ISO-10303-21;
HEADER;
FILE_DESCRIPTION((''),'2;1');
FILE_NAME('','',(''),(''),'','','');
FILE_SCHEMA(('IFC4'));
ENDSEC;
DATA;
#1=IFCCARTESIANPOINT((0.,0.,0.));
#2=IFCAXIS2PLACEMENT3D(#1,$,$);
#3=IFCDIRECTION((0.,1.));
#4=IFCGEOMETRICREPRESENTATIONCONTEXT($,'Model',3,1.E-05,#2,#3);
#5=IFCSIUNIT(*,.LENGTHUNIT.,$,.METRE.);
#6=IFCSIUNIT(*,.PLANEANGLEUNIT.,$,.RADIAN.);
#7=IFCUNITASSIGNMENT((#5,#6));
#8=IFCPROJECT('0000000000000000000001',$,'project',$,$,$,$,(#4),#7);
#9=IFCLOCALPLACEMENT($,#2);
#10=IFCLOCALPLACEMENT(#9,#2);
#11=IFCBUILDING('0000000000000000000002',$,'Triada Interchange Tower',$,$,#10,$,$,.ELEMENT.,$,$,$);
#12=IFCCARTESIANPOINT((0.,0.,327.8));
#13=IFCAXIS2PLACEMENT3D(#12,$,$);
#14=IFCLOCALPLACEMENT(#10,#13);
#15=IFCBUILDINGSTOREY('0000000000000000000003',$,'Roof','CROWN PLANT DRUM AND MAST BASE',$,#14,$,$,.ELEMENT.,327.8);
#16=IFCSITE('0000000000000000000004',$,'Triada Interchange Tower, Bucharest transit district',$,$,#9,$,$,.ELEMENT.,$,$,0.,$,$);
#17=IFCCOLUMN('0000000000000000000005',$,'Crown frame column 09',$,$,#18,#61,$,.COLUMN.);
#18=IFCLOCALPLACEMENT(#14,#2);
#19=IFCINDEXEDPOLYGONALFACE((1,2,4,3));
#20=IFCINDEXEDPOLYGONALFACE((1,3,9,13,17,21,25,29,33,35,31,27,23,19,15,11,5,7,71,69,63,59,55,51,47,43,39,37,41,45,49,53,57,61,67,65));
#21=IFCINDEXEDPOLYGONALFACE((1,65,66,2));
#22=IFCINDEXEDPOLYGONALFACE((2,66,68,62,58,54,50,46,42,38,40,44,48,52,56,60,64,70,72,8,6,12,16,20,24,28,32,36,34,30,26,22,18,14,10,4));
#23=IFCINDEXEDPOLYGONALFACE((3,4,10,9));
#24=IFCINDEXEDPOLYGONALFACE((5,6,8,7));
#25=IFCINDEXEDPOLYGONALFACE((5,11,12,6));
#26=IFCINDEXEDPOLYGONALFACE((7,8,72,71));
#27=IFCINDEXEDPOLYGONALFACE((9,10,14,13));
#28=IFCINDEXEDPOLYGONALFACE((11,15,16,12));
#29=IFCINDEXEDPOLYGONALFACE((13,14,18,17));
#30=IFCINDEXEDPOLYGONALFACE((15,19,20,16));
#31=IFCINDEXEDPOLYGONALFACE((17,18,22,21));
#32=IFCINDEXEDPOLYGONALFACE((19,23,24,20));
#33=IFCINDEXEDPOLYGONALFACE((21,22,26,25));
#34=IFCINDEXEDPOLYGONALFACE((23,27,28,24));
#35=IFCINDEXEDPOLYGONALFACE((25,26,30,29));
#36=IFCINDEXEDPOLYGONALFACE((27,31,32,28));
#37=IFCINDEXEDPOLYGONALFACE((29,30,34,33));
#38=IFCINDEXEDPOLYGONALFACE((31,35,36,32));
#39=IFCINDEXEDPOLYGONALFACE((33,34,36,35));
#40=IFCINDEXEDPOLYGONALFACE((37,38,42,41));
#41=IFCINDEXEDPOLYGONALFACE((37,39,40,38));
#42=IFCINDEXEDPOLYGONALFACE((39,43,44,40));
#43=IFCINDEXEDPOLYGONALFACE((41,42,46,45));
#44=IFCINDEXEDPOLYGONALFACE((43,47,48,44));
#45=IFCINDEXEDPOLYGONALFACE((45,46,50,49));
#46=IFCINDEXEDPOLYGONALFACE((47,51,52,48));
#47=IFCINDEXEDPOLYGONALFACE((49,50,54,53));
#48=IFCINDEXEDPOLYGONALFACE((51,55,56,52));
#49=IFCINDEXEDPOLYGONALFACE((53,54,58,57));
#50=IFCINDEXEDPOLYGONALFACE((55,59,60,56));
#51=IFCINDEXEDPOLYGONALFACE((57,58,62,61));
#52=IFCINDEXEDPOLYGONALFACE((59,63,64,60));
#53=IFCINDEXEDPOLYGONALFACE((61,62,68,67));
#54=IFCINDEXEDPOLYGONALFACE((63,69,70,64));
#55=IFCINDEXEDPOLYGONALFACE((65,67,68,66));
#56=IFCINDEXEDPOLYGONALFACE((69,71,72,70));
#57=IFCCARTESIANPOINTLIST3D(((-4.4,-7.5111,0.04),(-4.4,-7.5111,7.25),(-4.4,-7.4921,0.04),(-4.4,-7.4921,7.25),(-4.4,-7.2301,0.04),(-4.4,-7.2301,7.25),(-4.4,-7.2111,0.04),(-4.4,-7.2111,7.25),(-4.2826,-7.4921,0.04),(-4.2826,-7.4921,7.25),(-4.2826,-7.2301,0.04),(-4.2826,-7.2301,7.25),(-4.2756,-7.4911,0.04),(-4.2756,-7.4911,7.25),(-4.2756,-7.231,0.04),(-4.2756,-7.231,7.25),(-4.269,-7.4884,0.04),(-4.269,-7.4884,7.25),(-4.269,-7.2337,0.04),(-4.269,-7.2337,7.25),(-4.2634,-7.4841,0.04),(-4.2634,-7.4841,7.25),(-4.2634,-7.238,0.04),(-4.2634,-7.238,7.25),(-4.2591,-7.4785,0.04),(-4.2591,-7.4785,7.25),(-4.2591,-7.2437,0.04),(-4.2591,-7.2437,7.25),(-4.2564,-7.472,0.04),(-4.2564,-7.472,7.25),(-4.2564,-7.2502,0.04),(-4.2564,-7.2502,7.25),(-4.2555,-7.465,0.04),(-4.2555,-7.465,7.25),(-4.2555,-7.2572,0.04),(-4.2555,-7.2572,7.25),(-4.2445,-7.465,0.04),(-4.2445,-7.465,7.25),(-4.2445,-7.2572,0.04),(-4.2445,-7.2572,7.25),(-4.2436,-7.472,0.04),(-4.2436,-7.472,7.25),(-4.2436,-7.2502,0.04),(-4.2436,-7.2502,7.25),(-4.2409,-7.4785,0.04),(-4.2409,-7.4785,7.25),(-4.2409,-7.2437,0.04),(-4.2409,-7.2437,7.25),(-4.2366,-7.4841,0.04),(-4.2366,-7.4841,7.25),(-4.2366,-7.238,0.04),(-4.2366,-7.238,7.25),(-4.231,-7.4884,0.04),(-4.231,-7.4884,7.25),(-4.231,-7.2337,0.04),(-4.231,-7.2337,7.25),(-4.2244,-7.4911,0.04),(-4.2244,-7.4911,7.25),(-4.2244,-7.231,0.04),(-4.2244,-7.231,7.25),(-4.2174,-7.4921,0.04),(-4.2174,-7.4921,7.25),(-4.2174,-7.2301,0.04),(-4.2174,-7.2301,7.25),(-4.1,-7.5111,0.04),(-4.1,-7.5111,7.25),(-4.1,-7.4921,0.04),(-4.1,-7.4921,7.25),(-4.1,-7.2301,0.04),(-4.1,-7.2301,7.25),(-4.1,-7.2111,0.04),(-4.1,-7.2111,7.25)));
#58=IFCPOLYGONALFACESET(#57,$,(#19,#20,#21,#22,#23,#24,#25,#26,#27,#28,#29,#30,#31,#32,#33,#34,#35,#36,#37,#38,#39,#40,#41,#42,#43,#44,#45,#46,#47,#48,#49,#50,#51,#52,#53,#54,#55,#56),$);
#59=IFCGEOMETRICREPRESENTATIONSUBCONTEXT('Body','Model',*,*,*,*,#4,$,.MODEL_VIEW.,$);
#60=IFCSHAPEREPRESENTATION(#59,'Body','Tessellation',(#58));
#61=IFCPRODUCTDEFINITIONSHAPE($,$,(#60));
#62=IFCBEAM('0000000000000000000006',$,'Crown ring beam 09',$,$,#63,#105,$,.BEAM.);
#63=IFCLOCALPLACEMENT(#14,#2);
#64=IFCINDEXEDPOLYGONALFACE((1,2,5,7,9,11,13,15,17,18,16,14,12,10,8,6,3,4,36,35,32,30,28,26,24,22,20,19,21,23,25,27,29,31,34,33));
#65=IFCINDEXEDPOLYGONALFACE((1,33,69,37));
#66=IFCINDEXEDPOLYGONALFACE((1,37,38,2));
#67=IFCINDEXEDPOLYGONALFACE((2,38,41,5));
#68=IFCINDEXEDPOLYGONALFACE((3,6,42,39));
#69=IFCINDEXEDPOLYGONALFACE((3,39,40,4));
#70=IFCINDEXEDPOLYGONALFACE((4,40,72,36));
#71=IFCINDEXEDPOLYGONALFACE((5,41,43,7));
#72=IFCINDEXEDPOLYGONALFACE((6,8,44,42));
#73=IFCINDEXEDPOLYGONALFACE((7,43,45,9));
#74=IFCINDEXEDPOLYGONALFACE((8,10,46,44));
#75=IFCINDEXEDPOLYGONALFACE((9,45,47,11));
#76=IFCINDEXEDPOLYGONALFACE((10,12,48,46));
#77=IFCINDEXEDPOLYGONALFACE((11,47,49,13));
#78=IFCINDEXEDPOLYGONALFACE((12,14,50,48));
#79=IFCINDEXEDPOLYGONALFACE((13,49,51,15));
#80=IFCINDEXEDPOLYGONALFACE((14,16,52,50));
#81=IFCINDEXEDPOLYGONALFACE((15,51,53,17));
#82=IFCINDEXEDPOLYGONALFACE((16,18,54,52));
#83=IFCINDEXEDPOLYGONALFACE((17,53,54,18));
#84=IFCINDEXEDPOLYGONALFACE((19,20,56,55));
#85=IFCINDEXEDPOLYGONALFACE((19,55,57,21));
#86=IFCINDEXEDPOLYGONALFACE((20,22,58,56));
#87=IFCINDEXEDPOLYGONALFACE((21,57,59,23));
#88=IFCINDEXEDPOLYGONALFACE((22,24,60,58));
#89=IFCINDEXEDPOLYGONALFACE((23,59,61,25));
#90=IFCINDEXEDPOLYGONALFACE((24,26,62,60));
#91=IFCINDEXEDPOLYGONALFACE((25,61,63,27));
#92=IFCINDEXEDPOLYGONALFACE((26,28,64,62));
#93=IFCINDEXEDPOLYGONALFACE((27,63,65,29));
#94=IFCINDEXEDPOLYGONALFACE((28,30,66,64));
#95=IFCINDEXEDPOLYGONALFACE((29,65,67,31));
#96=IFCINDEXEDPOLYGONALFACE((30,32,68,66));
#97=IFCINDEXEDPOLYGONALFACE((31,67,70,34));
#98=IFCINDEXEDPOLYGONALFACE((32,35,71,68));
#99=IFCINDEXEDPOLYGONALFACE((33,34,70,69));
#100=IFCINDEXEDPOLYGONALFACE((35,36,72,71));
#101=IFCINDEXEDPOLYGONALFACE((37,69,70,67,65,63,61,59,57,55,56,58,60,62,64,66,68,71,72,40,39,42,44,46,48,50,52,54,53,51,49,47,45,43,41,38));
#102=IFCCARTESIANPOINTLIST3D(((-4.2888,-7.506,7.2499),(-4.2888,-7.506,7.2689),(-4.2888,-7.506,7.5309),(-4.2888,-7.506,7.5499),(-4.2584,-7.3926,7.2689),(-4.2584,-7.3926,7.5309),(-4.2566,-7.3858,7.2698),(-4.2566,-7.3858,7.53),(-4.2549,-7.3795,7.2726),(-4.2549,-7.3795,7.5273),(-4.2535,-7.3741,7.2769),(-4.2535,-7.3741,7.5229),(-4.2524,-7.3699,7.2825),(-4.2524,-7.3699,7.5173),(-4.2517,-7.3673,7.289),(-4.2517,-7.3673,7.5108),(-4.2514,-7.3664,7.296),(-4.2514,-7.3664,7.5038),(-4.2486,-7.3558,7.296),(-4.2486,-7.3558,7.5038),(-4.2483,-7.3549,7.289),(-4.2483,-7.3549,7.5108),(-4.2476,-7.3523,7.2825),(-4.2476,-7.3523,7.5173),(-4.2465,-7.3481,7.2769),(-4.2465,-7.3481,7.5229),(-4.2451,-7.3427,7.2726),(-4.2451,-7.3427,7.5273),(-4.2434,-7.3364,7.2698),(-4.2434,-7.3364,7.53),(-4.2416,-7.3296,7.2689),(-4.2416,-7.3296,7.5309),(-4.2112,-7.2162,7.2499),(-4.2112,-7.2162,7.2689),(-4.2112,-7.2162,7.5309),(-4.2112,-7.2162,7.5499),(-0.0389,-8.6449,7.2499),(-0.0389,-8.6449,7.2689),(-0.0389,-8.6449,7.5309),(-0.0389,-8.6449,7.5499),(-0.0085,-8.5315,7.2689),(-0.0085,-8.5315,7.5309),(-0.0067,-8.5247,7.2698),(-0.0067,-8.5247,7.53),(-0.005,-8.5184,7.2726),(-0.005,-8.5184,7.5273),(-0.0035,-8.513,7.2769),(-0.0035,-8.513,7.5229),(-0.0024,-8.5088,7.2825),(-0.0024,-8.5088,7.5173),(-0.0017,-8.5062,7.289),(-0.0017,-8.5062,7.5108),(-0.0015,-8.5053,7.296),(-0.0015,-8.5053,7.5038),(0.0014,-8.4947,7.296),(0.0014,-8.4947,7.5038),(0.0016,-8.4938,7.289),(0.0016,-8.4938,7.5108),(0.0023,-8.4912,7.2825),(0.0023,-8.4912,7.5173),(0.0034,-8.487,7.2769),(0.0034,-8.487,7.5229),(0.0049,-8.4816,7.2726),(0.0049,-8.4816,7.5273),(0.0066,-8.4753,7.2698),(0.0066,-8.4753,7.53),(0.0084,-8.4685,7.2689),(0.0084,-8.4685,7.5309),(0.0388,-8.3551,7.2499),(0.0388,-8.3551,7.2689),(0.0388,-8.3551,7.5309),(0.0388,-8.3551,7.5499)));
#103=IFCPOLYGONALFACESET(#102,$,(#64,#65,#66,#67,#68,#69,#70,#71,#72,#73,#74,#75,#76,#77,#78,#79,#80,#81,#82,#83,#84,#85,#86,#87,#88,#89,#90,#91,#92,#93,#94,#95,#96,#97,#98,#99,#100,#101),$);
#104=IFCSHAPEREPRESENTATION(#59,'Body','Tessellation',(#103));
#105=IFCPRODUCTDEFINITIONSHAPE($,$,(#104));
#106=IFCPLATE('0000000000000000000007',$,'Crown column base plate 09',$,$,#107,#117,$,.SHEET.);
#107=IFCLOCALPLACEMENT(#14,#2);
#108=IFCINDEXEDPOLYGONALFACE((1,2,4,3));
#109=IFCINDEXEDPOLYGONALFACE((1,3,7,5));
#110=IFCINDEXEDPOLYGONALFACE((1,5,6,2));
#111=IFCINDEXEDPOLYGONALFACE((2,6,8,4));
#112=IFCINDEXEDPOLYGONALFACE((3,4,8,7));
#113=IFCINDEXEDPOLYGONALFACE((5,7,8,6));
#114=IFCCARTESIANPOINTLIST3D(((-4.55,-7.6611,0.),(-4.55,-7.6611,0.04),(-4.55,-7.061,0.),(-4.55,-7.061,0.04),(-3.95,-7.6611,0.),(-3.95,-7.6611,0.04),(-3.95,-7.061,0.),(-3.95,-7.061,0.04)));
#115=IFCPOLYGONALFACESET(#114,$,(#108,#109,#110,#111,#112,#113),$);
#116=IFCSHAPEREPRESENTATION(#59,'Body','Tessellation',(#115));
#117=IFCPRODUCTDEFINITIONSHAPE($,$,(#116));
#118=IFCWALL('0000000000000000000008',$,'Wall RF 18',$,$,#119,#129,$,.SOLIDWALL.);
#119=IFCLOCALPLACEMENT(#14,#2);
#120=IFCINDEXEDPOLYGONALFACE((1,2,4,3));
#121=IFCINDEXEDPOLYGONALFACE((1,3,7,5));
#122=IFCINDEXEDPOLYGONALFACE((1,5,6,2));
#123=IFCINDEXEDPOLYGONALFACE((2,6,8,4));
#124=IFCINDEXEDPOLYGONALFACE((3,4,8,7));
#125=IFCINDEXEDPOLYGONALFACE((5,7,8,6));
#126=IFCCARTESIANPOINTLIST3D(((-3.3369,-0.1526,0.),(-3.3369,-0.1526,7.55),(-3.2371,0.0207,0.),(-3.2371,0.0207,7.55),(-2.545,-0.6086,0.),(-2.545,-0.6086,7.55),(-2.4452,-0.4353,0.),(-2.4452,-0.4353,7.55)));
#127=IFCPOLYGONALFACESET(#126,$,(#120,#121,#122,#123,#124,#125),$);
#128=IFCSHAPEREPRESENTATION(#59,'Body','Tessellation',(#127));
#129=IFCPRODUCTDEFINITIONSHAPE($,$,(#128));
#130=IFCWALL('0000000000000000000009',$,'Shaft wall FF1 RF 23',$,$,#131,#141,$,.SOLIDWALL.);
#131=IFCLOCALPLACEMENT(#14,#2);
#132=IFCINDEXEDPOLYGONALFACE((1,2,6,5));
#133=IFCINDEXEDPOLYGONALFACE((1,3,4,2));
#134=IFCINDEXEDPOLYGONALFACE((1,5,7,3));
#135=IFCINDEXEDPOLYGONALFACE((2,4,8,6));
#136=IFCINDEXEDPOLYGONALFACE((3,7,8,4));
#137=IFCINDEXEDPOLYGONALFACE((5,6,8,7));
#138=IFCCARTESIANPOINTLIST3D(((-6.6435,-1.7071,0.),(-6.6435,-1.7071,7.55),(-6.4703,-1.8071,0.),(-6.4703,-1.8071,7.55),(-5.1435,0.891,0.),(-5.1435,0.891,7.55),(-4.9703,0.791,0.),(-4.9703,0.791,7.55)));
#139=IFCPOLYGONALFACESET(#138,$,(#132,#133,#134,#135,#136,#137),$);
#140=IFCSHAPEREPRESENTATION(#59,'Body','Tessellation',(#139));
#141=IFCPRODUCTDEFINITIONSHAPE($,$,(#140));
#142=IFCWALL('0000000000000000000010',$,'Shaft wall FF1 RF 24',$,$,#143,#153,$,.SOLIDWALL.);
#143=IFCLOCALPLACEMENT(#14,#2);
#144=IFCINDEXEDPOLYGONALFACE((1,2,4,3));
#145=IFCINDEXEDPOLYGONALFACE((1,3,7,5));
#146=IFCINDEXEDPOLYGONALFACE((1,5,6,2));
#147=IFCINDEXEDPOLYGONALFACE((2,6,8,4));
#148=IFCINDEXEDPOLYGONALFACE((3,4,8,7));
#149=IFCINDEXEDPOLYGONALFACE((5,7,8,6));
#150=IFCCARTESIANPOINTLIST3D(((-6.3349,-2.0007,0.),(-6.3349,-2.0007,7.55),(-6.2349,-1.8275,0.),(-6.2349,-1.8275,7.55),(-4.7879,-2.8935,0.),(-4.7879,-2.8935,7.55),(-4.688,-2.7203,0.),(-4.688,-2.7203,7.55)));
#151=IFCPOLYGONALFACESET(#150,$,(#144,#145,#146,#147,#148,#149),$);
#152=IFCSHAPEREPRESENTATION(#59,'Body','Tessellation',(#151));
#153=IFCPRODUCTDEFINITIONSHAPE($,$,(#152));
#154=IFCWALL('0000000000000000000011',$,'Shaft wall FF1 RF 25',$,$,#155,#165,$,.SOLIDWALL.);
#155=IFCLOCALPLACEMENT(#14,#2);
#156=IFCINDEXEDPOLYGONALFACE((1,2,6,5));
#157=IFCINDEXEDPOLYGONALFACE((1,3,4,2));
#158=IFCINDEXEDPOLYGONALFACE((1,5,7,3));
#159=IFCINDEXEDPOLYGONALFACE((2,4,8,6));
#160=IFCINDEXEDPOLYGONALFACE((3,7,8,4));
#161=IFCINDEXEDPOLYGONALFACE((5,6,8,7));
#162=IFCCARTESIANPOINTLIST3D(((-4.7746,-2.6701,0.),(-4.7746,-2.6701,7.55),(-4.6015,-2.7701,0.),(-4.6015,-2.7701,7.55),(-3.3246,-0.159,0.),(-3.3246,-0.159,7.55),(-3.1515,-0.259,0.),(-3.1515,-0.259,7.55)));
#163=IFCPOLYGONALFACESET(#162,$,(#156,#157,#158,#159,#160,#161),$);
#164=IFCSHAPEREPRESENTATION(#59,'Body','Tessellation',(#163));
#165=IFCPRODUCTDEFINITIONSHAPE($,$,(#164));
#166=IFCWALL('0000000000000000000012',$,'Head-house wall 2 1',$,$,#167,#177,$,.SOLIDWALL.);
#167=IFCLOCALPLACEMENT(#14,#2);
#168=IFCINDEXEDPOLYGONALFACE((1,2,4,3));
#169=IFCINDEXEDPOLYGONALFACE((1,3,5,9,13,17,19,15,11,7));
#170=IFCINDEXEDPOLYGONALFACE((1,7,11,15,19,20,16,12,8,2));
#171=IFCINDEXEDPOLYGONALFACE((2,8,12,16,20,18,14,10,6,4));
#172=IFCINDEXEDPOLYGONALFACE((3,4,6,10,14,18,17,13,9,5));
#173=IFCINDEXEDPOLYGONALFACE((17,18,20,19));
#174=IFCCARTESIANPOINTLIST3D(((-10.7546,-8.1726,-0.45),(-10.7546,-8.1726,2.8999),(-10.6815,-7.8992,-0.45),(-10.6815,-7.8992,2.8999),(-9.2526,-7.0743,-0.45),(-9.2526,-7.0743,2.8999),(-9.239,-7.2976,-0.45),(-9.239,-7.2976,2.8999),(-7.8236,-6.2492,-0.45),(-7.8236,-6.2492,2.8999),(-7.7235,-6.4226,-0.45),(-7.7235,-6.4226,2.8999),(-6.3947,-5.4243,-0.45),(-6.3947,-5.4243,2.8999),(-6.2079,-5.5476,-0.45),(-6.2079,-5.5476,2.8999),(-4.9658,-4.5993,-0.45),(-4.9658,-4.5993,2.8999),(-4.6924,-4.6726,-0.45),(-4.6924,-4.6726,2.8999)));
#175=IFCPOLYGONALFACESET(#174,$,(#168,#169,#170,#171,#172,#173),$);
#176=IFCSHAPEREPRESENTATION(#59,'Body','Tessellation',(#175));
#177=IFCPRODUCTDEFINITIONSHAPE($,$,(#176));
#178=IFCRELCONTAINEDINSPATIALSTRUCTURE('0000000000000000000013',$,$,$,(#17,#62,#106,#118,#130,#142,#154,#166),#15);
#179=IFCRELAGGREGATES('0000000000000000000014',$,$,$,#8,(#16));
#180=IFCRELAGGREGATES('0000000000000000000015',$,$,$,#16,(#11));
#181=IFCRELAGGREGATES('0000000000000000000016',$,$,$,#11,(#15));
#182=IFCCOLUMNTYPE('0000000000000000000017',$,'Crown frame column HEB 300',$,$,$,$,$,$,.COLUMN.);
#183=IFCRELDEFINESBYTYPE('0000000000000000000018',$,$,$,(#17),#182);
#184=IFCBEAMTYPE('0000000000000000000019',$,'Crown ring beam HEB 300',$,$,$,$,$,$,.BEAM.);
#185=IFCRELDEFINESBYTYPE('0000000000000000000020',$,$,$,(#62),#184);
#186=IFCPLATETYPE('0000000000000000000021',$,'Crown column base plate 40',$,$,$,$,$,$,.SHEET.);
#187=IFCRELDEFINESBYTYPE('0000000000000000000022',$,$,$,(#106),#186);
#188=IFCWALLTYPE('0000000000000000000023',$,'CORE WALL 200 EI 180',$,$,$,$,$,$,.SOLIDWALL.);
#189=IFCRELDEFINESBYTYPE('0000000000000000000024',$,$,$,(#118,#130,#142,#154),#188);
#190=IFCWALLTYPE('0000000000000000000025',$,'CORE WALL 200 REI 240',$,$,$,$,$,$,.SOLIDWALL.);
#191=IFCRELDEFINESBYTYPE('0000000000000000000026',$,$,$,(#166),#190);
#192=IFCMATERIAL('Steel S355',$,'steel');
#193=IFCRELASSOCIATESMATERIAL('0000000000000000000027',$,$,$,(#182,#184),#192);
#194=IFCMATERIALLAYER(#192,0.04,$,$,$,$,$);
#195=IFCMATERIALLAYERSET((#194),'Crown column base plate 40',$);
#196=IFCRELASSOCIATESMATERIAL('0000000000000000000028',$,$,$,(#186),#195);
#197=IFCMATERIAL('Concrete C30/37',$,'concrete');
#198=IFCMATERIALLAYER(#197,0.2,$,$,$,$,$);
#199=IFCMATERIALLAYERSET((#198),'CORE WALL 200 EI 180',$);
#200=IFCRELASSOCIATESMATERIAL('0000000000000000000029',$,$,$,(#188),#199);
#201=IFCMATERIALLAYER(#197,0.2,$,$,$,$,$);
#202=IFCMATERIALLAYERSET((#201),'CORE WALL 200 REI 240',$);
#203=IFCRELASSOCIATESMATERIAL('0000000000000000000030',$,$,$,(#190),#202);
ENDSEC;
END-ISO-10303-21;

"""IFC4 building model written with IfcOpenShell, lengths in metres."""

from ifc_helpers import new_model, si_unit, direction, frame, frame_2d, origin, origin_2d, place, context, subcontext, project, spatial, polyline, rectangle, i_section, outline, extrude, material, layer, layer_set, material_profile, profile_set, type_object, element, save


model = new_model("IFC4")

# Units and contexts
model_context = context("Model", 3, precision=1e-05, world=origin(), true_north=direction((0.0, 1.0)))
body_context = subcontext(model_context, "Body", "Model", "MODEL_VIEW")
ifc_project = project(units=[si_unit("LENGTHUNIT", "METRE"), si_unit("PLANEANGLEUNIT", "RADIAN")], contexts=[model_context])

# Site, building, storey
site_placement = place(None, origin())
site = spatial("IfcSite", under=ifc_project, at=site_placement, Name="Triada Interchange Tower, Bucharest transit district", CompositionType="ELEMENT", RefElevation=0.0)
building_placement = place(site_placement, origin())
building = spatial("IfcBuilding", under=site, at=building_placement, Name="Triada Interchange Tower", CompositionType="ELEMENT")
storey_placement = place(building_placement, frame((0.0, 0.0, 327.8)))
storey = spatial("IfcBuildingStorey", under=building, at=storey_placement, Name="Roof", Description="CROWN PLANT DRUM AND MAST BASE", CompositionType="ELEMENT", Elevation=327.8)

# Column
ifc_material_1 = material(Name="Steel S355", Category="steel")
ifc_material_profile_1 = material_profile(ifc_material_1, i_section(OverallWidth=0.3, OverallDepth=0.3, WebThickness=0.011, FlangeThickness=0.019, FilletRadius=0.0271, at=origin_2d()), Name="HEB 300")
ifc_profile_set_1 = profile_set([ifc_material_profile_1], Name="Steel S355")
column_type = type_object("IfcColumnType", Name="Crown frame column HEB 300", PredefinedType="COLUMN", material=ifc_profile_set_1)
column_placement = place(storey_placement, frame((-4.25, -7.3611, 0.04), z_axis=(0.0, 0.0, 1.0), x_axis=(1.0, 0.0, 0.0)))
element("IfcColumn", 1, at=column_placement, inside=storey, type_object=column_type, Name="Crown frame column 09", PredefinedType="COLUMN", context=body_context, shape_type="SweptSolid", body=[
    extrude(i_section(OverallWidth=0.3, OverallDepth=0.3, WebThickness=0.011, FlangeThickness=0.019, FilletRadius=0.0271, at=origin_2d()), origin(), (0.0, 0.0, 1.0), 7.21),
])

# Beam
ifc_material_profile_2 = material_profile(ifc_material_1, i_section(OverallWidth=0.3, OverallDepth=0.3, WebThickness=0.011, FlangeThickness=0.019, FilletRadius=0.0271, at=origin_2d()), Name="HEB 300")
ifc_profile_set_2 = profile_set([ifc_material_profile_2], Name="Steel S355")
beam_type = type_object("IfcBeamType", Name="Crown ring beam HEB 300", PredefinedType="BEAM", material=ifc_profile_set_2)
beam_placement = place(storey_placement, frame((-4.25, -7.3611, 7.3999), z_axis=(0.965918, -0.258847, 0.0), x_axis=(0.258847, 0.965918, 0.0)))
element("IfcBeam", 2, at=beam_placement, inside=storey, type_object=beam_type, Name="Crown ring beam 09", PredefinedType="BEAM", context=body_context, shape_type="SweptSolid", body=[
    extrude(i_section(OverallWidth=0.3, OverallDepth=0.3, WebThickness=0.011, FlangeThickness=0.019, FilletRadius=0.0271, at=origin_2d()), origin(), (0.0, 0.0, 1.0), 4.3999),
])

# Plate
ifc_layer_1 = layer(ifc_material_1, 0.04)
ifc_layer_set_1 = layer_set([ifc_layer_1], Name="Crown column base plate 40")
plate_type = type_object("IfcPlateType", Name="Crown column base plate 40", PredefinedType="SHEET", material=ifc_layer_set_1)
plate_placement = place(storey_placement, frame((-4.25, -7.3611, 0.0), z_axis=(0.0, 0.0, 1.0), x_axis=(1.0, 0.0, 0.0)))
element("IfcPlate", 3, at=plate_placement, inside=storey, type_object=plate_type, Name="Crown column base plate 09", PredefinedType="SHEET", context=body_context, shape_type="SweptSolid", body=[
    extrude(rectangle(XDim=0.6001, YDim=0.6001, at=origin_2d()), origin(), (0.0, 0.0, 1.0), 0.04),
])

# Walls
ifc_material_2 = material(Name="Concrete C30/37", Category="concrete")
ifc_layer_2 = layer(ifc_material_2, 0.2)
ifc_layer_set_2 = layer_set([ifc_layer_2], Name="CORE WALL 200 EI 180")
wall_type_1 = type_object("IfcWallType", Name="CORE WALL 200 EI 180", PredefinedType="SOLIDWALL", material=ifc_layer_set_2)
wall_1_placement = place(storey_placement, frame((-3.2871, -0.0659, 0.0), z_axis=(0.0, 0.0, 1.0), x_axis=(0.866594, -0.499013, 0.0)))
element("IfcWall", 4, at=wall_1_placement, inside=storey, type_object=wall_type_1, Name="Wall RF 18", PredefinedType="SOLIDWALL", context=body_context, shape_type="SweptSolid", body=[
    extrude(rectangle(XDim=0.9138, YDim=0.2, at=frame_2d((0.457, 0.0))), origin(), (0.0, 0.0, 1.0), 7.55),
])
wall_2_placement = place(storey_placement, frame((-6.5569, -1.7571, 0.0), z_axis=(0.0, 0.0, 1.0), x_axis=(0.49999, 0.866031, 0.0)))
element("IfcWall", 5, at=wall_2_placement, inside=storey, type_object=wall_type_1, Name="Shaft wall FF1 RF 23", PredefinedType="SOLIDWALL", context=body_context, shape_type="SweptSolid", body=[
    extrude(rectangle(XDim=3.0, YDim=0.2, at=frame_2d((1.5, 0.0))), origin(), (0.0, 0.0, 1.0), 7.55),
])
wall_3_placement = place(storey_placement, frame((-6.2849, -1.9141, 0.0), z_axis=(0.0, 0.0, 1.0), x_axis=(0.86609, -0.499888, 0.0)))
element("IfcWall", 6, at=wall_3_placement, inside=storey, type_object=wall_type_1, Name="Shaft wall FF1 RF 24", PredefinedType="SOLIDWALL", context=body_context, shape_type="SweptSolid", body=[
    extrude(rectangle(XDim=1.7861, YDim=0.2, at=frame_2d((0.8931, 0.0))), origin(), (0.0, 0.0, 1.0), 7.55),
])
wall_4_placement = place(storey_placement, frame((-4.688, -2.72, 0.0), z_axis=(0.0, 0.0, 1.0), x_axis=(0.50006, 0.865991, 0.0)))
element("IfcWall", 7, at=wall_4_placement, inside=storey, type_object=wall_type_1, Name="Shaft wall FF1 RF 25", PredefinedType="SOLIDWALL", context=body_context, shape_type="SweptSolid", body=[
    extrude(rectangle(XDim=2.8997, YDim=0.2, at=frame_2d((1.4497, 0.0))), origin(), (0.0, 0.0, 1.0), 7.55),
])
ifc_layer_3 = layer(ifc_material_2, 0.2)
ifc_layer_set_3 = layer_set([ifc_layer_3], Name="CORE WALL 200 REI 240")
wall_type_2 = type_object("IfcWallType", Name="CORE WALL 200 REI 240", PredefinedType="SOLIDWALL", material=ifc_layer_set_3)
wall_5_placement = place(storey_placement, frame((-4.8291, -4.636, -0.45), z_axis=(0.0, 0.0, 1.0), x_axis=(-0.86603, -0.499993, 0.0)))
element("IfcWall", 8, at=wall_5_placement, inside=storey, type_object=wall_type_2, Name="Head-house wall 2 1", PredefinedType="SOLIDWALL", context=body_context, shape_type="SweptSolid", body=[
    extrude(outline(polyline([(-0.1001, 0.1001), (1.6499, 0.1001), (3.3999, 0.1001), (5.1499, 0.1001), (6.8999, 0.1001), (6.7, -0.1001), (5.05, -0.1001), (3.3999, -0.1001), (1.75, -0.1001), (0.1001, -0.1001), (-0.1001, 0.1001)])), origin(), (0.0, 0.0, 1.0), 3.3499),
])

save(model, "model.ifc")
